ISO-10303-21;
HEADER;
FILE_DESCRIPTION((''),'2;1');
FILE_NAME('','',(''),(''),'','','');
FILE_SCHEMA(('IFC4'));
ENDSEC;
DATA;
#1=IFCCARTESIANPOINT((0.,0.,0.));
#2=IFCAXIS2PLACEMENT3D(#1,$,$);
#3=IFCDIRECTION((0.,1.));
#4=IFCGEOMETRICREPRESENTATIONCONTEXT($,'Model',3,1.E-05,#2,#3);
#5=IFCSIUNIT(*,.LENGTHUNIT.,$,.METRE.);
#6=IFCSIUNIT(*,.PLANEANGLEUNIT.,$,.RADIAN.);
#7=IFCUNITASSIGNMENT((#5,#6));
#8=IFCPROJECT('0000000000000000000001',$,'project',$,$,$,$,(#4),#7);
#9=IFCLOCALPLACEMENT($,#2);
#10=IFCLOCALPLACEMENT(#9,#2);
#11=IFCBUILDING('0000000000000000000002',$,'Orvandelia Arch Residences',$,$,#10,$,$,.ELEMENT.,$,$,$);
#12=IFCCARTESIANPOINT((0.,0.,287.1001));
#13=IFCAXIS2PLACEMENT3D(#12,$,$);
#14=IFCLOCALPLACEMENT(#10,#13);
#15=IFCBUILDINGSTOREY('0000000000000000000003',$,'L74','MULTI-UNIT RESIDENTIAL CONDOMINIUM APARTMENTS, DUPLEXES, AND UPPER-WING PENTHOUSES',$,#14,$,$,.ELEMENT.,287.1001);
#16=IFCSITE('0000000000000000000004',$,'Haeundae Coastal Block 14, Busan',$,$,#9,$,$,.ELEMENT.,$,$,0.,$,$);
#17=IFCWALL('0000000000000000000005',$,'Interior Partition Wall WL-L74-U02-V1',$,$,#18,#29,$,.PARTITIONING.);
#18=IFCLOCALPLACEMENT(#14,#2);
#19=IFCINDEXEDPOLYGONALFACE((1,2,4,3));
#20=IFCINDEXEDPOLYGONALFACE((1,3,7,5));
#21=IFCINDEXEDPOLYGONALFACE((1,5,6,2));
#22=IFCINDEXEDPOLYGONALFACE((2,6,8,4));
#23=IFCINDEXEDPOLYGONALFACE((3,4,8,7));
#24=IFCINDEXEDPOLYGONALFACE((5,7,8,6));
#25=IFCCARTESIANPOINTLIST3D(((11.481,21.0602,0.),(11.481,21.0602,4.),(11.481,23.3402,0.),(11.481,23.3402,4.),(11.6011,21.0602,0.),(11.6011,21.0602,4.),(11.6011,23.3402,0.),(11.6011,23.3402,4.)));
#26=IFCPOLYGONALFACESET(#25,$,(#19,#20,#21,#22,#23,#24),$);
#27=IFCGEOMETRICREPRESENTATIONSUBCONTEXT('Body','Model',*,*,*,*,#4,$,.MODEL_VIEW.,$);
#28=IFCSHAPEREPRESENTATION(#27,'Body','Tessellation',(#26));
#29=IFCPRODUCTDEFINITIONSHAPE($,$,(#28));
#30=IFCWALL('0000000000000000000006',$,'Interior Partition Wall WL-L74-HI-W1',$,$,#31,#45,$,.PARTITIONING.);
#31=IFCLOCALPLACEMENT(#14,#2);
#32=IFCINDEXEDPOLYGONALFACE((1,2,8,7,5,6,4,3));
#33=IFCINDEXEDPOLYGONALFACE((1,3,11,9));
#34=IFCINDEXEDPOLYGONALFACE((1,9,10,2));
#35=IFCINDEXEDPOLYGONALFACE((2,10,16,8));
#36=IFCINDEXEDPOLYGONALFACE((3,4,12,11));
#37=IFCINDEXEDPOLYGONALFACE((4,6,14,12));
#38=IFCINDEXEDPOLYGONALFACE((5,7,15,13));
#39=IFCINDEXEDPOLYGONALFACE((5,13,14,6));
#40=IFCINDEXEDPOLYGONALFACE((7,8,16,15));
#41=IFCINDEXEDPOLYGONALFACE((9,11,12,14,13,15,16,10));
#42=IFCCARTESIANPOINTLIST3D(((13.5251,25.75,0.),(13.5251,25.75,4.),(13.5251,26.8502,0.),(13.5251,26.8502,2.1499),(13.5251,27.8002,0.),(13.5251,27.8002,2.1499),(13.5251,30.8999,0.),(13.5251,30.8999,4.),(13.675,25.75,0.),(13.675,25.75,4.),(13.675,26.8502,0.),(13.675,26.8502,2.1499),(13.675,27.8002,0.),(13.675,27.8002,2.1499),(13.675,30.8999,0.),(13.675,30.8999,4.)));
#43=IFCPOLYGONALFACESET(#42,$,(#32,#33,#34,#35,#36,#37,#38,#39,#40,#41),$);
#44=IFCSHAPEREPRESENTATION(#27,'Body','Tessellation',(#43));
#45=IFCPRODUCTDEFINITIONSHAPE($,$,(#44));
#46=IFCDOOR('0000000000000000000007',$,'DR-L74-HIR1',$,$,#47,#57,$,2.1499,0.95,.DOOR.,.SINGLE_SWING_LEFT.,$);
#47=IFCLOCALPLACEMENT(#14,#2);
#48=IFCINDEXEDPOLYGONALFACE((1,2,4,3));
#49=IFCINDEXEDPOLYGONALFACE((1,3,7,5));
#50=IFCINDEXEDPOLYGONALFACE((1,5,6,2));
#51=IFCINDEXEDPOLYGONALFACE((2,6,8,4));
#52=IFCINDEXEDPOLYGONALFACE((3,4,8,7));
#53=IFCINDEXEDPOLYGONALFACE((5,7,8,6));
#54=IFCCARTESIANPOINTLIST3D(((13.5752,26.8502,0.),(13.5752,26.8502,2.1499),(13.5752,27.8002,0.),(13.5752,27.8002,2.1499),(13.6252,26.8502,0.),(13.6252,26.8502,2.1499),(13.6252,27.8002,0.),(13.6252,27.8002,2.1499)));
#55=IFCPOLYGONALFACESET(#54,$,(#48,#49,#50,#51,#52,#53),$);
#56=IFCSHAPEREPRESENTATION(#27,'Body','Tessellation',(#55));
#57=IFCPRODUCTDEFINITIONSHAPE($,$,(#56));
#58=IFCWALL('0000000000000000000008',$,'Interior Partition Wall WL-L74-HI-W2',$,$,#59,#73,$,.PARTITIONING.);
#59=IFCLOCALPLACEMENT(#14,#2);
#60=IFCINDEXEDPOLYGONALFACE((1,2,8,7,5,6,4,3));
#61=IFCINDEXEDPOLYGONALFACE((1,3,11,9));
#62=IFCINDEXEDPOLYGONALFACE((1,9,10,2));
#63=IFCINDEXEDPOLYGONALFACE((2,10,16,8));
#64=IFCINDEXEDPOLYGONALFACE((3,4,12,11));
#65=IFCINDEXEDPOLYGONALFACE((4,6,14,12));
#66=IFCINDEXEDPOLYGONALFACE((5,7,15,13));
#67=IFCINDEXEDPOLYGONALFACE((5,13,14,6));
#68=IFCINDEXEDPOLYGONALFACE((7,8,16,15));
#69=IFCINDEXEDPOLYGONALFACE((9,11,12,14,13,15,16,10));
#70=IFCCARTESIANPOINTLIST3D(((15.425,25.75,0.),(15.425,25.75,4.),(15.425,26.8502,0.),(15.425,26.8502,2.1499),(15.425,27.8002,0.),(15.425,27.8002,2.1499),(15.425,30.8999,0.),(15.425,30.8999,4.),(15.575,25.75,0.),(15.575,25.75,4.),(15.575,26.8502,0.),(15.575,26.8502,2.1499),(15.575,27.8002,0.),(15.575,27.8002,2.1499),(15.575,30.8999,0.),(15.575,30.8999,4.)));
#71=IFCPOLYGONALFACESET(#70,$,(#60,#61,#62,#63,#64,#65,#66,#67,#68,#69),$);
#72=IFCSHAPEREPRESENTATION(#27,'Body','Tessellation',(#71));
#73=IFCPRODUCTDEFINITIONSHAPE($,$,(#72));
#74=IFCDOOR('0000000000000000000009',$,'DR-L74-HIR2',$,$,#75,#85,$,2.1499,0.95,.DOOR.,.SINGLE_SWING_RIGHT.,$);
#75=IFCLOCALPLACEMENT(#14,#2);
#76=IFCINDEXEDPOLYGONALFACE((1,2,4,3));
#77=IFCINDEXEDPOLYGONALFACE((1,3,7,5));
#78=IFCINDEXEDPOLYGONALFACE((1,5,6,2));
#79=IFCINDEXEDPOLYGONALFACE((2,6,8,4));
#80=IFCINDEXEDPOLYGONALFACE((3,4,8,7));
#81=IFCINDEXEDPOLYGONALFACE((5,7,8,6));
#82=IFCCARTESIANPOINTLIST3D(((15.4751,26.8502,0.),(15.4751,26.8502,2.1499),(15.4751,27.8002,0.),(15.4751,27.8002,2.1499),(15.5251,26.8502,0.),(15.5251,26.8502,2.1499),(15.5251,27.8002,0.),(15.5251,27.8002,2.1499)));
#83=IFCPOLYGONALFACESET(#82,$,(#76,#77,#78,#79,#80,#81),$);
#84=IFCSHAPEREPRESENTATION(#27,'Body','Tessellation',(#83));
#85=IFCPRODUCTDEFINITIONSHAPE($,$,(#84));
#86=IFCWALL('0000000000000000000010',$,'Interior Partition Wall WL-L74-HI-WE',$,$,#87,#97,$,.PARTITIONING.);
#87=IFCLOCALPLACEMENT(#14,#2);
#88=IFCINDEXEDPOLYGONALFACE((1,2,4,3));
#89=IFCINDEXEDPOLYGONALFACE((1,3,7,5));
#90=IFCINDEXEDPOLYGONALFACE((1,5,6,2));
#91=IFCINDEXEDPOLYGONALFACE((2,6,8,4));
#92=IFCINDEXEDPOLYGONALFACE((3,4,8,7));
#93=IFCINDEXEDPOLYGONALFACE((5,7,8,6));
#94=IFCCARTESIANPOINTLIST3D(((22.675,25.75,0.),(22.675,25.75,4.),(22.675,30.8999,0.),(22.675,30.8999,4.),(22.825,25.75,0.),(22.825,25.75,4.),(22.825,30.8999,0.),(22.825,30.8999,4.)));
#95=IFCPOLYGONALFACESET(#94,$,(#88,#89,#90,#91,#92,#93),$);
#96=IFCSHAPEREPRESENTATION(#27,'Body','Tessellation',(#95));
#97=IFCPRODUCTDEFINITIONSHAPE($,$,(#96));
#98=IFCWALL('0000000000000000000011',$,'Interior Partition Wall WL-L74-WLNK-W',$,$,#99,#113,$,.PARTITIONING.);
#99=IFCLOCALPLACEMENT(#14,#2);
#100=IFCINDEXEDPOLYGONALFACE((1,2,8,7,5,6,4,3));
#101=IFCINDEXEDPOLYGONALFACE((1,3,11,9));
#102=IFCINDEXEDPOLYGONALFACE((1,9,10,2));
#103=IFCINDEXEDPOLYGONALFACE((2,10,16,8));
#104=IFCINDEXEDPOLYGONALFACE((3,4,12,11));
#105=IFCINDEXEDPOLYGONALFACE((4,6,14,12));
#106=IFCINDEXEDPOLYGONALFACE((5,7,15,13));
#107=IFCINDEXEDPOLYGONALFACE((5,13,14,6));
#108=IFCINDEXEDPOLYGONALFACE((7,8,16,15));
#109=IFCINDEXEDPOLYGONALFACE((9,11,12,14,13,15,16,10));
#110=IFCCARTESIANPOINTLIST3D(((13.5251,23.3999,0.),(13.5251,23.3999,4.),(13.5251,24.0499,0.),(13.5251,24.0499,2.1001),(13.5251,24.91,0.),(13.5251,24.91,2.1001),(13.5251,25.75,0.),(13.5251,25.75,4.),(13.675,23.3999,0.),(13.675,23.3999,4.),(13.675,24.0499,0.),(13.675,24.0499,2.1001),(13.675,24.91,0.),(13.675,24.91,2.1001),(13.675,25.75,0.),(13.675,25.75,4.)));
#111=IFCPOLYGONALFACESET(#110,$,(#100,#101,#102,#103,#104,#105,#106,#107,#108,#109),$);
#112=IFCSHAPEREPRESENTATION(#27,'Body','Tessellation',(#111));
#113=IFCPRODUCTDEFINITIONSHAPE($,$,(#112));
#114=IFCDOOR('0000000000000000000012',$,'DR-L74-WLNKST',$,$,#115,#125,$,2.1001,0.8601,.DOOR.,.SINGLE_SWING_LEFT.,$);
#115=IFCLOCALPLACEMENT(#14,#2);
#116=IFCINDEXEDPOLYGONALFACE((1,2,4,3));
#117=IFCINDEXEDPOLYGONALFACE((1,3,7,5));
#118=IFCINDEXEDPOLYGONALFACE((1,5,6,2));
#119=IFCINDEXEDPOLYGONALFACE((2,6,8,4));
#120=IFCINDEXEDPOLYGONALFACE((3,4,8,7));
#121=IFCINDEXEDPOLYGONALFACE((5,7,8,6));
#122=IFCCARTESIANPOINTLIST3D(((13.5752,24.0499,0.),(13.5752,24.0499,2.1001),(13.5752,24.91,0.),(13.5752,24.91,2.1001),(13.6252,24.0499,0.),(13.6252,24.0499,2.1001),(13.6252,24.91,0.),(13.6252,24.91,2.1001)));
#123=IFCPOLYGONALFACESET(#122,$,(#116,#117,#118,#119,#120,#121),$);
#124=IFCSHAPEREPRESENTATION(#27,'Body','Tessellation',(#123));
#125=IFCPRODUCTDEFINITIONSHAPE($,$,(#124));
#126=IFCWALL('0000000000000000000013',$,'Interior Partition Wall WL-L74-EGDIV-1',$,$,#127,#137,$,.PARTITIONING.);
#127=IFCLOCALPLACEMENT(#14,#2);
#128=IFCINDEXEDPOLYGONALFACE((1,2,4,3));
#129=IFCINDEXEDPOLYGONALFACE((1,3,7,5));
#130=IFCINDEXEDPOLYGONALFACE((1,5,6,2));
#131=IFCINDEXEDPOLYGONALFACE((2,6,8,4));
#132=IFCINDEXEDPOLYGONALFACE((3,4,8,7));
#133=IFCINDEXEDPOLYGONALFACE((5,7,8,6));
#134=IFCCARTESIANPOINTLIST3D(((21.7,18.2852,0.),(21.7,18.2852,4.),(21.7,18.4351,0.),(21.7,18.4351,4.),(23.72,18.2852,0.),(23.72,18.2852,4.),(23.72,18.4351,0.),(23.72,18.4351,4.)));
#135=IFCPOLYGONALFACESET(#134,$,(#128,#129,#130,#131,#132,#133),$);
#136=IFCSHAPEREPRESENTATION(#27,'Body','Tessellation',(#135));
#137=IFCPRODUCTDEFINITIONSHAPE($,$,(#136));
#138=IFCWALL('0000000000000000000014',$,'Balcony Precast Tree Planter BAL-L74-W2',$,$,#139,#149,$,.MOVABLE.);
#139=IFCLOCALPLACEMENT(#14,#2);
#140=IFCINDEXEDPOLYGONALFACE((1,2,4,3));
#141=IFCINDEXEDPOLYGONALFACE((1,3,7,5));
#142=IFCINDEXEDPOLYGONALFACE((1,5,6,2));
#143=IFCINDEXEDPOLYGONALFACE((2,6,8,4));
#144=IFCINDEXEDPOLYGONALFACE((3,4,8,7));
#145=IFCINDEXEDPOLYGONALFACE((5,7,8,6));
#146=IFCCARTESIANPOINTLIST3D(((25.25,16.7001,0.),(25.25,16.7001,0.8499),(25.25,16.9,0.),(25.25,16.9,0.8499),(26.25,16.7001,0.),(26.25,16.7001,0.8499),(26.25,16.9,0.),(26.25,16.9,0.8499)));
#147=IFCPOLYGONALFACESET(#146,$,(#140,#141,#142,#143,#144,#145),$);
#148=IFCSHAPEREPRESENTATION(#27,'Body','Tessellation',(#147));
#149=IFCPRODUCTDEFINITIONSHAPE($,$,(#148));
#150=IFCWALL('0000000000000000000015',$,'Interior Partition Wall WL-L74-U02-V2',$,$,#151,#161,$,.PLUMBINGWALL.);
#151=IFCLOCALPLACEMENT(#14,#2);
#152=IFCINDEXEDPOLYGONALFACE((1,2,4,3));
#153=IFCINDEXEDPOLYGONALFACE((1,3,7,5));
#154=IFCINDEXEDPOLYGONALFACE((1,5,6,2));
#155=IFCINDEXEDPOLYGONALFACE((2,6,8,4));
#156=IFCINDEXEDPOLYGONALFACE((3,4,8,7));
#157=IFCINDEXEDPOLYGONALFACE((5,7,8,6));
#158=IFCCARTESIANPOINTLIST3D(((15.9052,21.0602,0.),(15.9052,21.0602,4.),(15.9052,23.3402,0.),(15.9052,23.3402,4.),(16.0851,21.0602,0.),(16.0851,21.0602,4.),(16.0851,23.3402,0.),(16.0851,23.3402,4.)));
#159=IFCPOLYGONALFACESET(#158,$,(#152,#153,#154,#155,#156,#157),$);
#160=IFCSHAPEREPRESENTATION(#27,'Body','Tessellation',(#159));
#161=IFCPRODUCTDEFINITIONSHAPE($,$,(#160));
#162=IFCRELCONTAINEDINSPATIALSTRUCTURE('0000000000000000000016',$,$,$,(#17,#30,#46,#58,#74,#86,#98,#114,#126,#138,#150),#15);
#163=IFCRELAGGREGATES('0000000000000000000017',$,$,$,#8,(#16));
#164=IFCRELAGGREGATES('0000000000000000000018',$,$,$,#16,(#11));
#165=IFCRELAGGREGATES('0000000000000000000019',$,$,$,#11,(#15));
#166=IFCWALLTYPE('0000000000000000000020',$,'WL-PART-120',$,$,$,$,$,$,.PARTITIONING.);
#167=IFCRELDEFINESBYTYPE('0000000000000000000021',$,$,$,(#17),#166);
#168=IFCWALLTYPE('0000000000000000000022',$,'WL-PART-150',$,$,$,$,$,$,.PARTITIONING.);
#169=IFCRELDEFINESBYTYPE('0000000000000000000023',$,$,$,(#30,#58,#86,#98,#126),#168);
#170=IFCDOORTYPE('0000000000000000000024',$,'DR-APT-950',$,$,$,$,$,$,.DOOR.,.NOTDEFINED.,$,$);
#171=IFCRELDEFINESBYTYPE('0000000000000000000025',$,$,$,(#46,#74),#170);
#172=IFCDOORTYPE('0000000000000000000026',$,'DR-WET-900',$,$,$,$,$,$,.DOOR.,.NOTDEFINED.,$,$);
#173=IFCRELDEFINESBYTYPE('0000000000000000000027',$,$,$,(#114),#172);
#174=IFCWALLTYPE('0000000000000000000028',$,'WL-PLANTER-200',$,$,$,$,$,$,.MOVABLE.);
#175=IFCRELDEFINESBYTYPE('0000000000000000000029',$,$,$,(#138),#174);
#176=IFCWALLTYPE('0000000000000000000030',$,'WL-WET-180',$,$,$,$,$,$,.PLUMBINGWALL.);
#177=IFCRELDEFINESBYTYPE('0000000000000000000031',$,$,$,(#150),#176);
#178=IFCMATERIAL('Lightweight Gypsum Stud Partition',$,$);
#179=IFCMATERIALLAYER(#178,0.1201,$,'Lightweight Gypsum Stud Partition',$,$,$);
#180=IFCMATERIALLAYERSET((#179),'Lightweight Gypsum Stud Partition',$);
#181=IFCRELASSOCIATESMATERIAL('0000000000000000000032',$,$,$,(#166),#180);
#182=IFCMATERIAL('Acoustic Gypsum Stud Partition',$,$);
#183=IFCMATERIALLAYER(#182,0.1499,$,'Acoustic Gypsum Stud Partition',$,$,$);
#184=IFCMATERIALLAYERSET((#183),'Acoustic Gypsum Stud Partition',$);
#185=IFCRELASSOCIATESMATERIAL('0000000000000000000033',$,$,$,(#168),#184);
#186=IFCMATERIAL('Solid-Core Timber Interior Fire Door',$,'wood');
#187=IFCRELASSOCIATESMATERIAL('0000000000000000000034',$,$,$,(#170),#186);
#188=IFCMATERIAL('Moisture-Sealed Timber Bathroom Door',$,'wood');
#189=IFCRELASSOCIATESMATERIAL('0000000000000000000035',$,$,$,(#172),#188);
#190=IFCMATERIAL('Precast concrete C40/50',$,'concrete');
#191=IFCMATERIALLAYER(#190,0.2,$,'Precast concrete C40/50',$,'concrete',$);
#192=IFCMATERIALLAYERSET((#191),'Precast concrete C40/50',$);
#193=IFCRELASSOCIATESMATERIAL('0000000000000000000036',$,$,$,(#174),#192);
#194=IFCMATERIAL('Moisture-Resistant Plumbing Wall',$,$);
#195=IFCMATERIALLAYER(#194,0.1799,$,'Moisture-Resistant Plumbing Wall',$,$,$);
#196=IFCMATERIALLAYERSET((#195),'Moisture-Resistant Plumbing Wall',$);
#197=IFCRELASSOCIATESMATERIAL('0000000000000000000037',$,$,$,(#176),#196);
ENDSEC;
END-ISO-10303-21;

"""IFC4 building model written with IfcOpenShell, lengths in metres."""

from ifc_helpers import new_model, si_unit, direction, frame, frame_2d, origin, place, context, subcontext, project, spatial, rectangle, extrude, material, layer, layer_set, type_object, element, fill, save


model = new_model("IFC4")

# Units and contexts
model_context = context("Model", 3, precision=1e-05, world=origin(), true_north=direction((0.0, 1.0)))
body_context = subcontext(model_context, "Body", "Model", "MODEL_VIEW")
ifc_project = project(units=[si_unit("LENGTHUNIT", "METRE"), si_unit("PLANEANGLEUNIT", "RADIAN")], contexts=[model_context])

# Site, building, storey
site_placement = place(None, origin())
site = spatial("IfcSite", under=ifc_project, at=site_placement, Name="Haeundae Coastal Block 14, Busan", CompositionType="ELEMENT", RefElevation=0.0)
building_placement = place(site_placement, origin())
building = spatial("IfcBuilding", under=site, at=building_placement, Name="Orvandelia Arch Residences", CompositionType="ELEMENT")
storey_placement = place(building_placement, frame((0.0, 0.0, 287.1001)))
storey = spatial("IfcBuildingStorey", under=building, at=storey_placement, Name="L74", Description="MULTI-UNIT RESIDENTIAL CONDOMINIUM APARTMENTS, DUPLEXES, AND UPPER-WING PENTHOUSES", CompositionType="ELEMENT", Elevation=287.1001)

# Wall
ifc_material_1 = material(Name="Lightweight Gypsum Stud Partition")
ifc_layer_1 = layer(ifc_material_1, 0.1201, Name="Lightweight Gypsum Stud Partition")
ifc_layer_set_1 = layer_set([ifc_layer_1], Name="Lightweight Gypsum Stud Partition")
wall_type_1 = type_object("IfcWallType", Name="WL-PART-120", PredefinedType="PARTITIONING", material=ifc_layer_set_1)
wall_1_placement = place(storey_placement, frame((11.541, 21.0601, 0.0), z_axis=(0.0, 0.0, 1.0), x_axis=(0.0, 1.0, 0.0)))
element("IfcWall", 1, at=wall_1_placement, inside=storey, type_object=wall_type_1, Name="Interior Partition Wall WL-L74-U02-V1", PredefinedType="PARTITIONING", context=body_context, shape_type="SweptSolid", body=[
    extrude(rectangle(XDim=2.28, YDim=0.1201, at=frame_2d((1.1401, 0.0))), origin(), (0.0, 0.0, 1.0), 4.0),
])

# Walls, openings, doors
ifc_material_2 = material(Name="Acoustic Gypsum Stud Partition")
ifc_layer_2 = layer(ifc_material_2, 0.1499, Name="Acoustic Gypsum Stud Partition")
ifc_layer_set_2 = layer_set([ifc_layer_2], Name="Acoustic Gypsum Stud Partition")
wall_type_2 = type_object("IfcWallType", Name="WL-PART-150", PredefinedType="PARTITIONING", material=ifc_layer_set_2)
wall_2_placement = place(storey_placement, frame((13.6001, 25.75, 0.0), z_axis=(0.0, 0.0, 1.0), x_axis=(0.0, 1.0, 0.0)))
wall_2 = element("IfcWall", 2, at=wall_2_placement, inside=storey, type_object=wall_type_2, Name="Interior Partition Wall WL-L74-HI-W1", PredefinedType="PARTITIONING", context=body_context, shape_type="SweptSolid", body=[
    extrude(rectangle(XDim=5.1499, YDim=0.1499, at=frame_2d((2.575, 0.0))), origin(), (0.0, 0.0, 1.0), 4.0),
])
opening_1_placement = place(wall_2_placement, frame((1.1001, 0.0, 0.0)))
opening_1 = element("IfcOpeningElement", 3, at=opening_1_placement, cuts=wall_2, PredefinedType="OPENING", context=body_context, shape_type="SweptSolid", body=[
    extrude(rectangle(XDim=0.95, YDim=2.1499, at=frame_2d((0.4751, 1.075))), frame((0.0, 0.085, 0.0), z_axis=(0.0, -1.0, 0.0), x_axis=(1.0, 0.0, 0.0)), (0.0, 0.0, 1.0), 0.1699),
])
ifc_material_3 = material(Name="Solid-Core Timber Interior Fire Door", Category="wood")
door_type_1 = type_object("IfcDoorType", Name="DR-APT-950", OperationType="NOTDEFINED", PredefinedType="DOOR", material=ifc_material_3)
door_1_placement = place(opening_1_placement, origin())
door_1 = element("IfcDoor", 4, at=door_1_placement, inside=storey, type_object=door_type_1, Name="DR-L74-HIR1", OperationType="SINGLE_SWING_LEFT", OverallHeight=2.1499, OverallWidth=0.95, PredefinedType="DOOR", context=body_context, shape_type="SweptSolid", body=[
    extrude(rectangle(XDim=0.95, YDim=2.1499, at=frame_2d((0.4751, 1.075))), frame((0.0, 0.0249, 0.0), z_axis=(0.0, -1.0, 0.0), x_axis=(1.0, 0.0, 0.0)), (0.0, 0.0, 1.0), 0.05),
])
fill(opening_1, door_1)
wall_3_placement = place(storey_placement, frame((15.5, 25.75, 0.0), z_axis=(0.0, 0.0, 1.0), x_axis=(0.0, 1.0, 0.0)))
wall_3 = element("IfcWall", 5, at=wall_3_placement, inside=storey, type_object=wall_type_2, Name="Interior Partition Wall WL-L74-HI-W2", PredefinedType="PARTITIONING", context=body_context, shape_type="SweptSolid", body=[
    extrude(rectangle(XDim=5.1499, YDim=0.1499, at=frame_2d((2.575, 0.0))), origin(), (0.0, 0.0, 1.0), 4.0),
])
opening_2_placement = place(wall_3_placement, frame((1.1001, 0.0, 0.0)))
opening_2 = element("IfcOpeningElement", 6, at=opening_2_placement, cuts=wall_3, PredefinedType="OPENING", context=body_context, shape_type="SweptSolid", body=[
    extrude(rectangle(XDim=0.95, YDim=2.1499, at=frame_2d((0.4751, 1.075))), frame((0.0, 0.085, 0.0), z_axis=(0.0, -1.0, 0.0), x_axis=(1.0, 0.0, 0.0)), (0.0, 0.0, 1.0), 0.1699),
])
door_2_placement = place(opening_2_placement, origin())
door_2 = element("IfcDoor", 7, at=door_2_placement, inside=storey, type_object=door_type_1, Name="DR-L74-HIR2", OperationType="SINGLE_SWING_RIGHT", OverallHeight=2.1499, OverallWidth=0.95, PredefinedType="DOOR", context=body_context, shape_type="SweptSolid", body=[
    extrude(rectangle(XDim=0.95, YDim=2.1499, at=frame_2d((0.4751, 1.075))), frame((0.0, 0.0249, 0.0), z_axis=(0.0, -1.0, 0.0), x_axis=(1.0, 0.0, 0.0)), (0.0, 0.0, 1.0), 0.05),
])
fill(opening_2, door_2)

# Wall
wall_4_placement = place(storey_placement, frame((22.75, 25.75, 0.0), z_axis=(0.0, 0.0, 1.0), x_axis=(0.0, 1.0, 0.0)))
element("IfcWall", 8, at=wall_4_placement, inside=storey, type_object=wall_type_2, Name="Interior Partition Wall WL-L74-HI-WE", PredefinedType="PARTITIONING", context=body_context, shape_type="SweptSolid", body=[
    extrude(rectangle(XDim=5.1499, YDim=0.1499, at=frame_2d((2.575, 0.0))), origin(), (0.0, 0.0, 1.0), 4.0),
])

# Wall, opening, door
wall_5_placement = place(storey_placement, frame((13.6001, 23.3999, 0.0), z_axis=(0.0, 0.0, 1.0), x_axis=(0.0, 1.0, 0.0)))
wall_5 = element("IfcWall", 9, at=wall_5_placement, inside=storey, type_object=wall_type_2, Name="Interior Partition Wall WL-L74-WLNK-W", PredefinedType="PARTITIONING", context=body_context, shape_type="SweptSolid", body=[
    extrude(rectangle(XDim=2.3501, YDim=0.1499, at=frame_2d((1.175, 0.0))), origin(), (0.0, 0.0, 1.0), 4.0),
])
opening_3_placement = place(wall_5_placement, frame((0.6499, 0.0, 0.0)))
opening_3 = element("IfcOpeningElement", 10, at=opening_3_placement, cuts=wall_5, PredefinedType="OPENING", context=body_context, shape_type="SweptSolid", body=[
    extrude(rectangle(XDim=0.8601, YDim=2.1001, at=frame_2d((0.4302, 1.05))), frame((0.0, 0.085, 0.0), z_axis=(0.0, -1.0, 0.0), x_axis=(1.0, 0.0, 0.0)), (0.0, 0.0, 1.0), 0.1699),
])
ifc_material_4 = material(Name="Moisture-Sealed Timber Bathroom Door", Category="wood")
door_type_2 = type_object("IfcDoorType", Name="DR-WET-900", OperationType="NOTDEFINED", PredefinedType="DOOR", material=ifc_material_4)
door_3_placement = place(opening_3_placement, origin())
door_3 = element("IfcDoor", 11, at=door_3_placement, inside=storey, type_object=door_type_2, Name="DR-L74-WLNKST", OperationType="SINGLE_SWING_LEFT", OverallHeight=2.1001, OverallWidth=0.8601, PredefinedType="DOOR", context=body_context, shape_type="SweptSolid", body=[
    extrude(rectangle(XDim=0.8601, YDim=2.1001, at=frame_2d((0.4302, 1.05))), frame((0.0, 0.0249, 0.0), z_axis=(0.0, -1.0, 0.0), x_axis=(1.0, 0.0, 0.0)), (0.0, 0.0, 1.0), 0.05),
])
fill(opening_3, door_3)

# Walls
wall_6_placement = place(storey_placement, frame((21.7, 18.3601, 0.0), z_axis=(0.0, 0.0, 1.0), x_axis=(1.0, 0.0, 0.0)))
element("IfcWall", 12, at=wall_6_placement, inside=storey, type_object=wall_type_2, Name="Interior Partition Wall WL-L74-EGDIV-1", PredefinedType="PARTITIONING", context=body_context, shape_type="SweptSolid", body=[
    extrude(rectangle(XDim=2.02, YDim=0.1499, at=frame_2d((1.01, 0.0))), origin(), (0.0, 0.0, 1.0), 4.0),
])
ifc_material_5 = material(Name="Precast concrete C40/50", Category="concrete")
ifc_layer_3 = layer(ifc_material_5, 0.2, Name="Precast concrete C40/50", Category="concrete")
ifc_layer_set_3 = layer_set([ifc_layer_3], Name="Precast concrete C40/50")
wall_type_3 = type_object("IfcWallType", Name="WL-PLANTER-200", PredefinedType="MOVABLE", material=ifc_layer_set_3)
wall_7_placement = place(storey_placement, frame((25.25, 16.8, 0.0), z_axis=(0.0, 0.0, 1.0), x_axis=(1.0, 0.0, 0.0)))
element("IfcWall", 13, at=wall_7_placement, inside=storey, type_object=wall_type_3, Name="Balcony Precast Tree Planter BAL-L74-W2", PredefinedType="MOVABLE", context=body_context, shape_type="SweptSolid", body=[
    extrude(rectangle(XDim=1.0, YDim=0.2, at=frame_2d((0.5, 0.0))), origin(), (0.0, 0.0, 1.0), 0.8499),
])
ifc_material_6 = material(Name="Moisture-Resistant Plumbing Wall")
ifc_layer_4 = layer(ifc_material_6, 0.1799, Name="Moisture-Resistant Plumbing Wall")
ifc_layer_set_4 = layer_set([ifc_layer_4], Name="Moisture-Resistant Plumbing Wall")
wall_type_4 = type_object("IfcWallType", Name="WL-WET-180", PredefinedType="PLUMBINGWALL", material=ifc_layer_set_4)
wall_8_placement = place(storey_placement, frame((15.9951, 21.0601, 0.0), z_axis=(0.0, 0.0, 1.0), x_axis=(0.0, 1.0, 0.0)))
element("IfcWall", 14, at=wall_8_placement, inside=storey, type_object=wall_type_4, Name="Interior Partition Wall WL-L74-U02-V2", PredefinedType="PLUMBINGWALL", context=body_context, shape_type="SweptSolid", body=[
    extrude(rectangle(XDim=2.28, YDim=0.1799, at=frame_2d((1.1401, 0.0))), origin(), (0.0, 0.0, 1.0), 4.0),
])

save(model, "model.ifc")
